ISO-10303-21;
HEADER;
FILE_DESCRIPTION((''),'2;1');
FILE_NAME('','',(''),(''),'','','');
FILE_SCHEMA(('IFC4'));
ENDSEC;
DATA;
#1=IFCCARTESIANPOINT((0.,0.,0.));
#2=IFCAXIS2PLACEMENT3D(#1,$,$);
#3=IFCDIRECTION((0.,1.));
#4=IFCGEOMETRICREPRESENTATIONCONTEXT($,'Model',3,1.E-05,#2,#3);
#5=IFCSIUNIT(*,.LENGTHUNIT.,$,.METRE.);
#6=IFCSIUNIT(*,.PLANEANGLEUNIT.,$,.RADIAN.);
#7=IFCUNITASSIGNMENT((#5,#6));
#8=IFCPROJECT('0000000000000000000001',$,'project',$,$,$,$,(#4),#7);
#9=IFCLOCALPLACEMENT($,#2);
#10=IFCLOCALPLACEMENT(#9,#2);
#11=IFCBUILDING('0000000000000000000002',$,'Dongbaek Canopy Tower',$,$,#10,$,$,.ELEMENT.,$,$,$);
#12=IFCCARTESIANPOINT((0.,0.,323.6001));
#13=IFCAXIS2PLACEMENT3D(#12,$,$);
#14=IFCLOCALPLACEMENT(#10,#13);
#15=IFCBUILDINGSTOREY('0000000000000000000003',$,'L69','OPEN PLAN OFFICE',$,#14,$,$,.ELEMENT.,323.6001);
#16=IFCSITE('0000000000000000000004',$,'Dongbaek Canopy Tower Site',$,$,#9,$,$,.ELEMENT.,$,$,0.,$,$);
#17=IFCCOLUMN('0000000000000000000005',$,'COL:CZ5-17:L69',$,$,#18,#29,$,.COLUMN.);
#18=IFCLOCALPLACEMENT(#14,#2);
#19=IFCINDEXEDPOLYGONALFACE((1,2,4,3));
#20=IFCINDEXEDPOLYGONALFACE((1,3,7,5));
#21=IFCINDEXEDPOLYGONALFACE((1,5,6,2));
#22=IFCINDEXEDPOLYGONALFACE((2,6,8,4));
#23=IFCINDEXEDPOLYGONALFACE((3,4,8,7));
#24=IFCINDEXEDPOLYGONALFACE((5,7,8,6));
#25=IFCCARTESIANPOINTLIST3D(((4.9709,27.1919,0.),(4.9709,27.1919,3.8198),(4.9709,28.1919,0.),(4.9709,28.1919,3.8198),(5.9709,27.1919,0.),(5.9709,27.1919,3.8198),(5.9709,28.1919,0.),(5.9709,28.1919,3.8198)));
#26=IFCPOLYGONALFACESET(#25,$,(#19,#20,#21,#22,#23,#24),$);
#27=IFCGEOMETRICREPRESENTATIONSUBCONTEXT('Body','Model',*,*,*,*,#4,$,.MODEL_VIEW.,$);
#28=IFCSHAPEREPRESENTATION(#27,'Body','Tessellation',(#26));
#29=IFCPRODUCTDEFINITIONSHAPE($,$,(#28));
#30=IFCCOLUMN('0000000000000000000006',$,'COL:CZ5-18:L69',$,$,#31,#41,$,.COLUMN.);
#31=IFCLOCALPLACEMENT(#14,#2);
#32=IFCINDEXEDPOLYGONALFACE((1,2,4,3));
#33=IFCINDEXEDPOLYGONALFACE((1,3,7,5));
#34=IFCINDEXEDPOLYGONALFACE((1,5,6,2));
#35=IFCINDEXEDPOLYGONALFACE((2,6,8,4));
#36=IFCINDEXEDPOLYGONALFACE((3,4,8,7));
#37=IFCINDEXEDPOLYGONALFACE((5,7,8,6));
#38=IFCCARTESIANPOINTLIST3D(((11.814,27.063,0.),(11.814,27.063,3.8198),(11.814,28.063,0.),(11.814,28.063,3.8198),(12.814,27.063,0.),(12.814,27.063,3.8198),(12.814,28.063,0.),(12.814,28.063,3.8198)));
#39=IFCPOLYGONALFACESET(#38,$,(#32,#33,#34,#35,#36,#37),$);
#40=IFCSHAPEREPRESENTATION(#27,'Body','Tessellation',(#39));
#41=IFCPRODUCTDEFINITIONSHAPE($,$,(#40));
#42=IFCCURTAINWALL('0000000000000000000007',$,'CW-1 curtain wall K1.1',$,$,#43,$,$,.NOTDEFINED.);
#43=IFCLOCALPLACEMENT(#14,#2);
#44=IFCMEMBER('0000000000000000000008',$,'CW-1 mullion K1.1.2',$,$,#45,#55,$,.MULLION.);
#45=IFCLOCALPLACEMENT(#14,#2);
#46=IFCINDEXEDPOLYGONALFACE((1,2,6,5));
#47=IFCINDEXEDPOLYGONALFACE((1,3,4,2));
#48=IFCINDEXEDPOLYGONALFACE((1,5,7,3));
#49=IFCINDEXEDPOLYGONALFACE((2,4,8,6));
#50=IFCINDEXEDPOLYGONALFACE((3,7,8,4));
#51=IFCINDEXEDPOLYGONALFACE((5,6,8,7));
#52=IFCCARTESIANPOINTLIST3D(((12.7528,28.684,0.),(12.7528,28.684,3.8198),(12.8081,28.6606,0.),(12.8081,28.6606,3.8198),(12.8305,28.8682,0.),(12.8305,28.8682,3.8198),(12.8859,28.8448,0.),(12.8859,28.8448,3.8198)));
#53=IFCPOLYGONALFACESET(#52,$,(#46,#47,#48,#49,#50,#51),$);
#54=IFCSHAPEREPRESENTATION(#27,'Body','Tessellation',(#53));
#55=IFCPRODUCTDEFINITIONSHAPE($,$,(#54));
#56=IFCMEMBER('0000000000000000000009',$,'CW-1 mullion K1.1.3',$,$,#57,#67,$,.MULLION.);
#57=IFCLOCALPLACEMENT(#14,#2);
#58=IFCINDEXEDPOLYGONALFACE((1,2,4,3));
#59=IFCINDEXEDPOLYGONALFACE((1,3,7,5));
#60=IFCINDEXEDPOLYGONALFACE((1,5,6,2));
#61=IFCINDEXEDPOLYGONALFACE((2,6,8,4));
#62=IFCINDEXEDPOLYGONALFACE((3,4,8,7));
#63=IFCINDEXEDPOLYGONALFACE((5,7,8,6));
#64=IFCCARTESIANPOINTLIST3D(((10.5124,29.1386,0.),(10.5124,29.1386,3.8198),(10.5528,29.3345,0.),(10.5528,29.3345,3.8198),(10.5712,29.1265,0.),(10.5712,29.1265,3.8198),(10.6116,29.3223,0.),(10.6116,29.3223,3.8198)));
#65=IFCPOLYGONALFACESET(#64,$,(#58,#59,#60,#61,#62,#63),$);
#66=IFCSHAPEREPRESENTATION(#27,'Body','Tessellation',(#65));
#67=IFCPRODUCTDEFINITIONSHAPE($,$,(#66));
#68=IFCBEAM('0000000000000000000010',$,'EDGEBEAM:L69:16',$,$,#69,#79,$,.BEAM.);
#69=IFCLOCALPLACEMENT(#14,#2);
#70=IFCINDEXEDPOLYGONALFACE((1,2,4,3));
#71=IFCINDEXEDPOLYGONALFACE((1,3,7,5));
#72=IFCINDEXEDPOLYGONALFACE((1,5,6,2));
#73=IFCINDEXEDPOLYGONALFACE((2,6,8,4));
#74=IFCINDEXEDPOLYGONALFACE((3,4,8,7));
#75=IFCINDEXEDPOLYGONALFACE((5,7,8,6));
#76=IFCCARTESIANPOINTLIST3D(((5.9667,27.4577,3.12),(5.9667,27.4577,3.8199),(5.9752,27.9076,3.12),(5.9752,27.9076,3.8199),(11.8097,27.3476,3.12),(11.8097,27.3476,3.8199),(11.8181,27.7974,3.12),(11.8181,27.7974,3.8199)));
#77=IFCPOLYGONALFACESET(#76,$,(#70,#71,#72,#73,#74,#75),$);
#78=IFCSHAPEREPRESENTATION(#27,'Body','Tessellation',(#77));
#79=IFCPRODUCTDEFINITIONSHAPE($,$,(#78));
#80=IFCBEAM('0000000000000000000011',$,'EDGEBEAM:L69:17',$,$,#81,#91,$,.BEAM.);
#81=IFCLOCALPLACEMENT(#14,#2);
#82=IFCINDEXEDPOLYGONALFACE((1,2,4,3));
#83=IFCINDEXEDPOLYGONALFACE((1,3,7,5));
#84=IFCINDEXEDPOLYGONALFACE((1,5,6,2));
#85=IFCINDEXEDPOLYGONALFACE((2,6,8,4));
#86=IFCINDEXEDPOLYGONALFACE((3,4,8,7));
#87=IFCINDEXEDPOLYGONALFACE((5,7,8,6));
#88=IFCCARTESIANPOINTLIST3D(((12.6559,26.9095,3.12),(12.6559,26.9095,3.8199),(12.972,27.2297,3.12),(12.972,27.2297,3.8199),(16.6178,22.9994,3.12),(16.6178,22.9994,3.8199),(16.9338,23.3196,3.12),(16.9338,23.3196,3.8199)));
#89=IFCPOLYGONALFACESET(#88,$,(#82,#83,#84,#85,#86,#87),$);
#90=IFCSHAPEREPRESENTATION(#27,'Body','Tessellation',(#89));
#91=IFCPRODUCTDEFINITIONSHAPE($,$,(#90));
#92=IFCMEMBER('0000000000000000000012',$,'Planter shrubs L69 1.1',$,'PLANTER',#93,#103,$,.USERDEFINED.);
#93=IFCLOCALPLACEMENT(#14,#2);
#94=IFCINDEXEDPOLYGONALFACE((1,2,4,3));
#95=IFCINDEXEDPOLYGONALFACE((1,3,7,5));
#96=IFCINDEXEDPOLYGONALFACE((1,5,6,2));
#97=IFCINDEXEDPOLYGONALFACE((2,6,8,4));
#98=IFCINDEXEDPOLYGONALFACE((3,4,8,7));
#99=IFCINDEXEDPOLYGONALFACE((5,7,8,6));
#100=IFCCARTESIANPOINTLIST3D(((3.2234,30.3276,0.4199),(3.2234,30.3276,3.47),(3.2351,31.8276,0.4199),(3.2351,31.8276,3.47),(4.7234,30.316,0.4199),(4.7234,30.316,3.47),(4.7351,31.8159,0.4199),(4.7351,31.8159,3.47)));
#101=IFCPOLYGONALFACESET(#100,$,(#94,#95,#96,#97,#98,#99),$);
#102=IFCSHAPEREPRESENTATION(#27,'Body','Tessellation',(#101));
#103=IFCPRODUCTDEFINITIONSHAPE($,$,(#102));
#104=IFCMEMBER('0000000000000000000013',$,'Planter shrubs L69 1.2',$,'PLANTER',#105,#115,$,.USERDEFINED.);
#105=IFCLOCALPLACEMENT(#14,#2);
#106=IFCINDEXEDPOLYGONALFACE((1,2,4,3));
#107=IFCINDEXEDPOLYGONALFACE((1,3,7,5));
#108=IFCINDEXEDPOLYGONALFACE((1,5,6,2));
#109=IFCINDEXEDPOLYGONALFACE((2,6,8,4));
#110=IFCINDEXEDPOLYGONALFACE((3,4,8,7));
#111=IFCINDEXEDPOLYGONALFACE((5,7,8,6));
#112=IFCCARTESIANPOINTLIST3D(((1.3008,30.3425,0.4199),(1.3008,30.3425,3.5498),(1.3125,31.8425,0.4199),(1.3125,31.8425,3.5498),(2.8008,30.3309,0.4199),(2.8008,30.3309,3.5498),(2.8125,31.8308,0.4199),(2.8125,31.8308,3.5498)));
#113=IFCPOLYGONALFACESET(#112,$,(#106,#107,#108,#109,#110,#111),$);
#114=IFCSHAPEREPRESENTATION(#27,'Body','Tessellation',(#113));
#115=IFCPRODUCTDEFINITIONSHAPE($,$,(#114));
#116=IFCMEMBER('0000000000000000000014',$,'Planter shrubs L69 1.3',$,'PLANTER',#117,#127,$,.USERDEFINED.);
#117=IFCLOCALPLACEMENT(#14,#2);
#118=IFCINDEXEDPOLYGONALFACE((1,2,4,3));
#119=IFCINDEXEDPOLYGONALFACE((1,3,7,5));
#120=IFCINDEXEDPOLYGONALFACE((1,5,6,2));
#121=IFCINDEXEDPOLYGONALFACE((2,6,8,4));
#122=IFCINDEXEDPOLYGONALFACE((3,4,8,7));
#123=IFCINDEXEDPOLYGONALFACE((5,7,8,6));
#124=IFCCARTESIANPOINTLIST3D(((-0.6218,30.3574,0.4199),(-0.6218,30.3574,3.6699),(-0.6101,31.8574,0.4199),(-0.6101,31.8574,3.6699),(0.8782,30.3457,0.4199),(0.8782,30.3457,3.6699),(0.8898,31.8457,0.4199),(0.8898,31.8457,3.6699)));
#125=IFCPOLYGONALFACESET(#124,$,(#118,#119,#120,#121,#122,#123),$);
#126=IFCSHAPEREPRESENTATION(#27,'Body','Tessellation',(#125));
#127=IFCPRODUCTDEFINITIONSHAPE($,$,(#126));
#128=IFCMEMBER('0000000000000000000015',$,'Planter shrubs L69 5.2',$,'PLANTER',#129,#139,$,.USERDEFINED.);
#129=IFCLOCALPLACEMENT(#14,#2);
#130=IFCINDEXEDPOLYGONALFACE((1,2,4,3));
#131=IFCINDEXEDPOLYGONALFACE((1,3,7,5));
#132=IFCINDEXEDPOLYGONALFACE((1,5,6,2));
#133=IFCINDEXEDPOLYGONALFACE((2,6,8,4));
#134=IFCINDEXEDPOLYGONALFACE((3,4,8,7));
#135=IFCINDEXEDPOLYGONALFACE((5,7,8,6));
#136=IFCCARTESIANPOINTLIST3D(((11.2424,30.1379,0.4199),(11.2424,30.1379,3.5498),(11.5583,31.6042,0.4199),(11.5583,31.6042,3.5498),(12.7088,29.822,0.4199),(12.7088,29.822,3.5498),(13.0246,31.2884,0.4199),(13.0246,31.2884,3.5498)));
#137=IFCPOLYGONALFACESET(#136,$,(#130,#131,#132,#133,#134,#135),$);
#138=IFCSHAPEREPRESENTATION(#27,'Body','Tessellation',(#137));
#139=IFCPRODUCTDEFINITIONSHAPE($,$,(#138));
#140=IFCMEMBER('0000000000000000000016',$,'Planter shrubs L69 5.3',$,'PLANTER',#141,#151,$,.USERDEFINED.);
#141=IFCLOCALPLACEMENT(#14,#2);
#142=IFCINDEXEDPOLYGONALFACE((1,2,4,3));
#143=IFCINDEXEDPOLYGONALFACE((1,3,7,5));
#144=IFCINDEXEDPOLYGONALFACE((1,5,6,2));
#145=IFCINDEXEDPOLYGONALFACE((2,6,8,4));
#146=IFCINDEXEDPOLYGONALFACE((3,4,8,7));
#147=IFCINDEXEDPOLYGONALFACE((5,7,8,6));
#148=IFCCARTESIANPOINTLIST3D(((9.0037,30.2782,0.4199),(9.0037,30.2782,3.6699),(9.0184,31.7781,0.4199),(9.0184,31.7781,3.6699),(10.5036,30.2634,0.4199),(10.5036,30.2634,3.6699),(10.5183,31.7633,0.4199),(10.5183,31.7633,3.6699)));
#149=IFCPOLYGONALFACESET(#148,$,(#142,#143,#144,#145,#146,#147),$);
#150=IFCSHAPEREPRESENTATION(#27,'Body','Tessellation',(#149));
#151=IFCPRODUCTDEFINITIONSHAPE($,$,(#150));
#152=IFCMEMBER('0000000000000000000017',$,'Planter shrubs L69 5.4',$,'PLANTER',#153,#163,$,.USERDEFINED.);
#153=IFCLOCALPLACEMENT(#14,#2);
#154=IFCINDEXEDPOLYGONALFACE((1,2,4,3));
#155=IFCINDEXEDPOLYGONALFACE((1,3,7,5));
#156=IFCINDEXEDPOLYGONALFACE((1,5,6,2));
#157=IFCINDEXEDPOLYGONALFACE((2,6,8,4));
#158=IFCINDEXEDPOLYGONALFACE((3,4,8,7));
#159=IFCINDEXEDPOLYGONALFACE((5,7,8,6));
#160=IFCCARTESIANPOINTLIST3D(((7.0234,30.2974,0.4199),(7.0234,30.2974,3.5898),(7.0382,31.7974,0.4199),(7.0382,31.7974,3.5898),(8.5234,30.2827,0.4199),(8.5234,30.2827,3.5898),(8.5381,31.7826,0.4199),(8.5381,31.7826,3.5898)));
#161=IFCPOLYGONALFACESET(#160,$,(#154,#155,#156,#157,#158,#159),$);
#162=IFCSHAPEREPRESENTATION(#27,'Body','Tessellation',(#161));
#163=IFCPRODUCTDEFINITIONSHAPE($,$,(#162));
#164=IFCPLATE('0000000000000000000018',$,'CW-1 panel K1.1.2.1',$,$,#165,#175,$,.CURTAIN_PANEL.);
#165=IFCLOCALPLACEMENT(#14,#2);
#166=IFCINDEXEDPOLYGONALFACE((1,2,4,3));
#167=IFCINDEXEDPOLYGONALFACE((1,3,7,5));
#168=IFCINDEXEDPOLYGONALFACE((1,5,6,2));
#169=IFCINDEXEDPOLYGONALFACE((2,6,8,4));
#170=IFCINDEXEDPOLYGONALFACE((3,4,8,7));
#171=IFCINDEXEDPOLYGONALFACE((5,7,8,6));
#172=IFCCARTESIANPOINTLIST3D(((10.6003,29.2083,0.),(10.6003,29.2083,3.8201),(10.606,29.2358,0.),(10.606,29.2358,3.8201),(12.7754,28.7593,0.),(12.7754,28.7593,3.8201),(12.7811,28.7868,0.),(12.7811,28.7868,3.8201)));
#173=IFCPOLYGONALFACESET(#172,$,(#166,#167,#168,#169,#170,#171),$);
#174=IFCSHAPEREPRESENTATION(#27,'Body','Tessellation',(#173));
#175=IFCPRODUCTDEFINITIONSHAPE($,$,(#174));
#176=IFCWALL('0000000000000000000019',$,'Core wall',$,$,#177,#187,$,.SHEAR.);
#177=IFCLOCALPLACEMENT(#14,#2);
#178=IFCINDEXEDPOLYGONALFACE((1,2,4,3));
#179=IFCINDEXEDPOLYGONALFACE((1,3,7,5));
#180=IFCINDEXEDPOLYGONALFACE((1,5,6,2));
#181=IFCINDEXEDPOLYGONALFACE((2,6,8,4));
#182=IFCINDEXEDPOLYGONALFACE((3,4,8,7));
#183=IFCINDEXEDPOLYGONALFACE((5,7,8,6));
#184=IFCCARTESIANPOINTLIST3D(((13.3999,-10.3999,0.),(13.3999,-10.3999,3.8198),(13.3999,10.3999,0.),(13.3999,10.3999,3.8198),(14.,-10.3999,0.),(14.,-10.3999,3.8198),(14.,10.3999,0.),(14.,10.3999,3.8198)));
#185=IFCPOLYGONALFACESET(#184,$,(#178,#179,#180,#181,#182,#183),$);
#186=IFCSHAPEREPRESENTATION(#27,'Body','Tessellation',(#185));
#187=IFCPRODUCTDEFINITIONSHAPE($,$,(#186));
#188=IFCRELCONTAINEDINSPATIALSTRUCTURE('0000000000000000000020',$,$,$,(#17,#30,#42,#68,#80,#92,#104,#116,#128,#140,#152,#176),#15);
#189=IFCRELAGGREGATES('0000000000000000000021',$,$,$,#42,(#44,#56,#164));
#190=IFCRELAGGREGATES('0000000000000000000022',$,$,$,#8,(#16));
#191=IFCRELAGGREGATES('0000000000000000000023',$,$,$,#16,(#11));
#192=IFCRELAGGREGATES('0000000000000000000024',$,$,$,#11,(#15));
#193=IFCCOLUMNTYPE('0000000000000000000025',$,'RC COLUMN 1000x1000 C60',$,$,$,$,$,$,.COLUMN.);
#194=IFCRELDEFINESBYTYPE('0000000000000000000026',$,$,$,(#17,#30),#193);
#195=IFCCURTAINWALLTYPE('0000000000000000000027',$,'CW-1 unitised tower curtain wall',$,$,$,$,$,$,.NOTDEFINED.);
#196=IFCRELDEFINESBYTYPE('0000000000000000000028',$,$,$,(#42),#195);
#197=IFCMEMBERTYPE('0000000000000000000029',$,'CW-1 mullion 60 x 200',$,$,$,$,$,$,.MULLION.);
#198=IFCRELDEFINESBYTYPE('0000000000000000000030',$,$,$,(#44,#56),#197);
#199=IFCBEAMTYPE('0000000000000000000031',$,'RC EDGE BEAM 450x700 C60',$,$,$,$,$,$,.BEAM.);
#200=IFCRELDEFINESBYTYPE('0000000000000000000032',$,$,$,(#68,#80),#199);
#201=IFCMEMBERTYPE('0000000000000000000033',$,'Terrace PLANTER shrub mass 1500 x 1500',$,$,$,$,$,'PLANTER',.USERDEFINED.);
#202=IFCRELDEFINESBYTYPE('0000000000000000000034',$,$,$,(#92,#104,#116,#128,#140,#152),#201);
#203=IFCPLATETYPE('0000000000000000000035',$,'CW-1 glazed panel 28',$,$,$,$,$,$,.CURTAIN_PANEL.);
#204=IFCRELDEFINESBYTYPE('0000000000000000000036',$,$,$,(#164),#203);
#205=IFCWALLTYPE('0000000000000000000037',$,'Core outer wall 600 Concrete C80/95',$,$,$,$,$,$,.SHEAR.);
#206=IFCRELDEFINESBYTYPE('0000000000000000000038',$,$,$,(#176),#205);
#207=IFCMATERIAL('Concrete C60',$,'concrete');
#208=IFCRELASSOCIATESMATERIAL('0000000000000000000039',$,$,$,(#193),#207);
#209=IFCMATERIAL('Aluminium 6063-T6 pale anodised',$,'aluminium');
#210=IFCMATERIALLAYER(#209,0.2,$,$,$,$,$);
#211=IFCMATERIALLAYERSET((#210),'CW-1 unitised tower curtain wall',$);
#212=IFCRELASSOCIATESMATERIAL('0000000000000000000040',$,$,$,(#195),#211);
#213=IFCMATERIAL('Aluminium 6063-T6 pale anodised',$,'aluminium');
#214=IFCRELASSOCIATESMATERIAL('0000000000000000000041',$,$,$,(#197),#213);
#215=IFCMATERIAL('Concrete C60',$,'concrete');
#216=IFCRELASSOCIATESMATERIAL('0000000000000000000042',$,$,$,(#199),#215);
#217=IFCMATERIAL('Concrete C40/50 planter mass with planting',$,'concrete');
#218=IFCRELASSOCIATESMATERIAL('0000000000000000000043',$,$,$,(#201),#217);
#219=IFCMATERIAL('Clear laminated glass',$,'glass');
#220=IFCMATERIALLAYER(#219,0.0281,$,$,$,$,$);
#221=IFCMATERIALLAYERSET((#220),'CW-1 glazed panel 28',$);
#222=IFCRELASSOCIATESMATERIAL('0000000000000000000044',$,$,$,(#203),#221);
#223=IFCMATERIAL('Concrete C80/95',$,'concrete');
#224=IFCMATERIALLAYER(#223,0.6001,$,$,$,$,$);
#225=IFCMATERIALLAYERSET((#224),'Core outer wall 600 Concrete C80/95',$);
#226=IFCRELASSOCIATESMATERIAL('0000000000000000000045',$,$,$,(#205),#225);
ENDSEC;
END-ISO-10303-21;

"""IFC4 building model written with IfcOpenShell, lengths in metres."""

from ifc_helpers import new_model, si_unit, direction, frame, frame_2d, origin, origin_2d, place, context, subcontext, project, spatial, rectangle, extrude, material, layer, layer_set, material_profile, profile_set, type_object, element, aggregate, save


model = new_model("IFC4")

# Units and contexts
model_context = context("Model", 3, precision=1e-05, world=origin(), true_north=direction((0.0, 1.0)))
body_context = subcontext(model_context, "Body", "Model", "MODEL_VIEW")
ifc_project = project(units=[si_unit("LENGTHUNIT", "METRE"), si_unit("PLANEANGLEUNIT", "RADIAN")], contexts=[model_context])

# Site, building, storey
site_placement = place(None, origin())
site = spatial("IfcSite", under=ifc_project, at=site_placement, Name="Dongbaek Canopy Tower Site", CompositionType="ELEMENT", RefElevation=0.0)
building_placement = place(site_placement, origin())
building = spatial("IfcBuilding", under=site, at=building_placement, Name="Dongbaek Canopy Tower", CompositionType="ELEMENT")
storey_placement = place(building_placement, frame((0.0, 0.0, 323.6001)))
storey = spatial("IfcBuildingStorey", under=building, at=storey_placement, Name="L69", Description="OPEN PLAN OFFICE", CompositionType="ELEMENT", Elevation=323.6001)

# Columns
ifc_material_1 = material(Name="Concrete C60", Category="concrete")
ifc_material_profile_1 = material_profile(ifc_material_1, rectangle(XDim=1.0, YDim=1.0, at=origin_2d()), Name="RC COLUMN 1000x1000 C60")
ifc_profile_set_1 = profile_set([ifc_material_profile_1], Name="Concrete C60")
column_type = type_object("IfcColumnType", Name="RC COLUMN 1000x1000 C60", PredefinedType="COLUMN", material=ifc_profile_set_1)
for number, where, z_axis, x_axis, name in (
    (1, (5.4709, 27.6919, 0.0), (0.0, 0.0, 1.0), (1.0, 0.0, 0.0), "COL:CZ5-17:L69"),
    (2, (12.314, 27.563, 0.0), (0.0, 0.0, 1.0), (1.0, 0.0, 0.0), "COL:CZ5-18:L69"),
):
    element("IfcColumn", number, at=place(storey_placement, frame(where, z_axis=z_axis, x_axis=x_axis)), inside=storey, type_object=column_type, Name=name, PredefinedType="COLUMN", context=body_context, shape_type="SweptSolid", body=[
        extrude(rectangle(XDim=1.0, YDim=1.0, at=origin_2d()), origin(), (0.0, 0.0, 1.0), 3.8198),
    ])

# Curtain wall, members
ifc_material_2 = material(Name="Aluminium 6063-T6 pale anodised", Category="aluminium")
ifc_layer_1 = layer(ifc_material_2, 0.2)
ifc_layer_set_1 = layer_set([ifc_layer_1], Name="CW-1 unitised tower curtain wall")
curtain_wall_type = type_object("IfcCurtainWallType", Name="CW-1 unitised tower curtain wall", PredefinedType="NOTDEFINED", material=ifc_layer_set_1)
curtain_wall_placement = place(storey_placement, origin())
curtain_wall = element("IfcCurtainWall", 3, at=curtain_wall_placement, inside=storey, type_object=curtain_wall_type, Name="CW-1 curtain wall K1.1", PredefinedType="NOTDEFINED")
ifc_material_3 = material(Name="Aluminium 6063-T6 pale anodised", Category="aluminium")
ifc_material_profile_2 = material_profile(ifc_material_3, rectangle(XDim=0.2, YDim=0.0601, at=origin_2d()), Name="CW-1 mullion 60 x 200")
ifc_profile_set_2 = profile_set([ifc_material_profile_2], Name="Aluminium 6063-T6 pale anodised")
member_type_1 = type_object("IfcMemberType", Name="CW-1 mullion 60 x 200", PredefinedType="MULLION", material=ifc_profile_set_2)
member_1_placement = place(storey_placement, frame((12.8193, 28.7644, 0.0), z_axis=(0.0, 0.0, 1.0), x_axis=(0.388843, 0.921304, 0.0)))
member_1 = element("IfcMember", 4, at=member_1_placement, type_object=member_type_1, Name="CW-1 mullion K1.1.2", PredefinedType="MULLION", context=body_context, shape_type="SweptSolid", body=[
    extrude(rectangle(XDim=0.2, YDim=0.0601, at=origin_2d()), origin(), (0.0, 0.0, 1.0), 3.8198),
])
member_2_placement = place(storey_placement, frame((10.562, 29.2305, 0.0), z_axis=(0.0, 0.0, 1.0), x_axis=(0.202175, 0.979349, 0.0)))
member_2 = element("IfcMember", 5, at=member_2_placement, type_object=member_type_1, Name="CW-1 mullion K1.1.3", PredefinedType="MULLION", context=body_context, shape_type="SweptSolid", body=[
    extrude(rectangle(XDim=0.2, YDim=0.0601, at=origin_2d()), origin(), (0.0, 0.0, 1.0), 3.8198),
])

# Beams
ifc_material_4 = material(Name="Concrete C60", Category="concrete")
ifc_material_profile_3 = material_profile(ifc_material_4, rectangle(XDim=0.45, YDim=0.7, at=origin_2d()), Name="RC EDGE BEAM 450x700 C60")
ifc_profile_set_3 = profile_set([ifc_material_profile_3], Name="Concrete C60")
beam_type = type_object("IfcBeamType", Name="RC EDGE BEAM 450x700 C60", PredefinedType="BEAM", material=ifc_profile_set_3)
beam_1_placement = place(storey_placement, frame((5.9709, 27.6826, 3.47), z_axis=(0.999822, -0.018841, 0.0), x_axis=(0.018841, 0.999822, 0.0)))
element("IfcBeam", 6, at=beam_1_placement, inside=storey, type_object=beam_type, Name="EDGEBEAM:L69:16", PredefinedType="BEAM", context=body_context, shape_type="SweptSolid", body=[
    extrude(rectangle(XDim=0.45, YDim=0.7, at=origin_2d()), origin(), (0.0, 0.0, 1.0), 5.844),
])
beam_2_placement = place(storey_placement, frame((12.814, 27.0696, 3.47), z_axis=(0.711741, -0.702442, 0.0), x_axis=(0.702442, 0.711741, 0.0)))
element("IfcBeam", 7, at=beam_2_placement, inside=storey, type_object=beam_type, Name="EDGEBEAM:L69:17", PredefinedType="BEAM", context=body_context, shape_type="SweptSolid", body=[
    extrude(rectangle(XDim=0.45, YDim=0.7, at=origin_2d()), origin(), (0.0, 0.0, 1.0), 5.5664),
])

# Members
ifc_material_5 = material(Name="Concrete C40/50 planter mass with planting", Category="concrete")
ifc_material_profile_4 = material_profile(ifc_material_5, rectangle(XDim=1.5, YDim=1.5, at=origin_2d()), Name="Terrace PLANTER shrub mass 1500 x 1500")
ifc_profile_set_4 = profile_set([ifc_material_profile_4], Name="Concrete C40/50 planter mass with planting")
member_type_2 = type_object("IfcMemberType", Name="Terrace PLANTER shrub mass 1500 x 1500", ElementType="PLANTER", PredefinedType="USERDEFINED", material=ifc_profile_set_4)
member_3_placement = place(storey_placement, frame((3.9792, 31.0718, 0.4199), z_axis=(0.0, 0.0, 1.0), x_axis=(0.007782, 0.99997, 0.0)))
element("IfcMember", 8, at=member_3_placement, inside=storey, type_object=member_type_2, Name="Planter shrubs L69 1.1", ObjectType="PLANTER", PredefinedType="USERDEFINED", context=body_context, shape_type="SweptSolid", body=[
    extrude(rectangle(XDim=1.5, YDim=1.5, at=origin_2d()), origin(), (0.0, 0.0, 1.0), 3.05),
])
member_4_placement = place(storey_placement, frame((2.0566, 31.0867, 0.4199), z_axis=(0.0, 0.0, 1.0), x_axis=(0.007782, 0.99997, 0.0)))
element("IfcMember", 9, at=member_4_placement, inside=storey, type_object=member_type_2, Name="Planter shrubs L69 1.2", ObjectType="PLANTER", PredefinedType="USERDEFINED", context=body_context, shape_type="SweptSolid", body=[
    extrude(rectangle(XDim=1.5, YDim=1.5, at=origin_2d()), origin(), (0.0, 0.0, 1.0), 3.1299),
])
member_5_placement = place(storey_placement, frame((0.134, 31.1016, 0.4199), z_axis=(0.0, 0.0, 1.0), x_axis=(0.007782, 0.99997, 0.0)))
element("IfcMember", 10, at=member_5_placement, inside=storey, type_object=member_type_2, Name="Planter shrubs L69 1.3", ObjectType="PLANTER", PredefinedType="USERDEFINED", context=body_context, shape_type="SweptSolid", body=[
    extrude(rectangle(XDim=1.5, YDim=1.5, at=origin_2d()), origin(), (0.0, 0.0, 1.0), 3.25),
])
member_6_placement = place(storey_placement, frame((12.1335, 30.7131, 0.4199), z_axis=(0.0, 0.0, 1.0), x_axis=(0.210546, 0.977584, 0.0)))
element("IfcMember", 11, at=member_6_placement, inside=storey, type_object=member_type_2, Name="Planter shrubs L69 5.2", ObjectType="PLANTER", PredefinedType="USERDEFINED", context=body_context, shape_type="SweptSolid", body=[
    extrude(rectangle(XDim=1.5, YDim=1.5, at=origin_2d()), origin(), (0.0, 0.0, 1.0), 3.1299),
])
member_7_placement = place(storey_placement, frame((9.761, 31.0208, 0.4199), z_axis=(0.0, 0.0, 1.0), x_axis=(0.009825, 0.999952, 0.0)))
element("IfcMember", 12, at=member_7_placement, inside=storey, type_object=member_type_2, Name="Planter shrubs L69 5.3", ObjectType="PLANTER", PredefinedType="USERDEFINED", context=body_context, shape_type="SweptSolid", body=[
    extrude(rectangle(XDim=1.5, YDim=1.5, at=origin_2d()), origin(), (0.0, 0.0, 1.0), 3.25),
])
member_8_placement = place(storey_placement, frame((7.7808, 31.04, 0.4199), z_axis=(0.0, 0.0, 1.0), x_axis=(0.009825, 0.999952, 0.0)))
element("IfcMember", 13, at=member_8_placement, inside=storey, type_object=member_type_2, Name="Planter shrubs L69 5.4", ObjectType="PLANTER", PredefinedType="USERDEFINED", context=body_context, shape_type="SweptSolid", body=[
    extrude(rectangle(XDim=1.5, YDim=1.5, at=origin_2d()), origin(), (0.0, 0.0, 1.0), 3.1699),
])

# Plate
ifc_material_6 = material(Name="Clear laminated glass", Category="glass")
ifc_layer_2 = layer(ifc_material_6, 0.0281)
ifc_layer_set_2 = layer_set([ifc_layer_2], Name="CW-1 glazed panel 28")
plate_type = type_object("IfcPlateType", Name="CW-1 glazed panel 28", PredefinedType="CURTAIN_PANEL", material=ifc_layer_set_2)
plate_placement = place(storey_placement, frame((11.6907, 28.9976, 0.0), z_axis=(0.0, 0.0, 1.0), x_axis=(-0.979349, 0.202175, 0.0)))
plate = element("IfcPlate", 14, at=plate_placement, type_object=plate_type, Name="CW-1 panel K1.1.2.1", PredefinedType="CURTAIN_PANEL", context=body_context, shape_type="SweptSolid", body=[
    extrude(rectangle(XDim=2.2209, YDim=0.0281, at=origin_2d()), origin(), (0.0, 0.0, 1.0), 3.8201),
])
aggregate(curtain_wall, [member_1, member_2, plate])

# Wall
ifc_material_7 = material(Name="Concrete C80/95", Category="concrete")
ifc_layer_3 = layer(ifc_material_7, 0.6001)
ifc_layer_set_3 = layer_set([ifc_layer_3], Name="Core outer wall 600 Concrete C80/95")
wall_type_1 = type_object("IfcWallType", Name="Core outer wall 600 Concrete C80/95", PredefinedType="SHEAR", material=ifc_layer_set_3)
wall_1_placement = place(storey_placement, frame((13.7, 10.3999, 0.0), z_axis=(0.0, 0.0, 1.0), x_axis=(0.0, -1.0, 0.0)))
element("IfcWall", 15, at=wall_1_placement, inside=storey, type_object=wall_type_1, Name="Core wall", PredefinedType="SHEAR", context=body_context, shape_type="SweptSolid", body=[
    extrude(rectangle(XDim=20.7998, YDim=0.6001, at=frame_2d((10.3999, 0.0))), origin(), (0.0, 0.0, 1.0), 3.8198),
])

save(model, "model.ifc")
